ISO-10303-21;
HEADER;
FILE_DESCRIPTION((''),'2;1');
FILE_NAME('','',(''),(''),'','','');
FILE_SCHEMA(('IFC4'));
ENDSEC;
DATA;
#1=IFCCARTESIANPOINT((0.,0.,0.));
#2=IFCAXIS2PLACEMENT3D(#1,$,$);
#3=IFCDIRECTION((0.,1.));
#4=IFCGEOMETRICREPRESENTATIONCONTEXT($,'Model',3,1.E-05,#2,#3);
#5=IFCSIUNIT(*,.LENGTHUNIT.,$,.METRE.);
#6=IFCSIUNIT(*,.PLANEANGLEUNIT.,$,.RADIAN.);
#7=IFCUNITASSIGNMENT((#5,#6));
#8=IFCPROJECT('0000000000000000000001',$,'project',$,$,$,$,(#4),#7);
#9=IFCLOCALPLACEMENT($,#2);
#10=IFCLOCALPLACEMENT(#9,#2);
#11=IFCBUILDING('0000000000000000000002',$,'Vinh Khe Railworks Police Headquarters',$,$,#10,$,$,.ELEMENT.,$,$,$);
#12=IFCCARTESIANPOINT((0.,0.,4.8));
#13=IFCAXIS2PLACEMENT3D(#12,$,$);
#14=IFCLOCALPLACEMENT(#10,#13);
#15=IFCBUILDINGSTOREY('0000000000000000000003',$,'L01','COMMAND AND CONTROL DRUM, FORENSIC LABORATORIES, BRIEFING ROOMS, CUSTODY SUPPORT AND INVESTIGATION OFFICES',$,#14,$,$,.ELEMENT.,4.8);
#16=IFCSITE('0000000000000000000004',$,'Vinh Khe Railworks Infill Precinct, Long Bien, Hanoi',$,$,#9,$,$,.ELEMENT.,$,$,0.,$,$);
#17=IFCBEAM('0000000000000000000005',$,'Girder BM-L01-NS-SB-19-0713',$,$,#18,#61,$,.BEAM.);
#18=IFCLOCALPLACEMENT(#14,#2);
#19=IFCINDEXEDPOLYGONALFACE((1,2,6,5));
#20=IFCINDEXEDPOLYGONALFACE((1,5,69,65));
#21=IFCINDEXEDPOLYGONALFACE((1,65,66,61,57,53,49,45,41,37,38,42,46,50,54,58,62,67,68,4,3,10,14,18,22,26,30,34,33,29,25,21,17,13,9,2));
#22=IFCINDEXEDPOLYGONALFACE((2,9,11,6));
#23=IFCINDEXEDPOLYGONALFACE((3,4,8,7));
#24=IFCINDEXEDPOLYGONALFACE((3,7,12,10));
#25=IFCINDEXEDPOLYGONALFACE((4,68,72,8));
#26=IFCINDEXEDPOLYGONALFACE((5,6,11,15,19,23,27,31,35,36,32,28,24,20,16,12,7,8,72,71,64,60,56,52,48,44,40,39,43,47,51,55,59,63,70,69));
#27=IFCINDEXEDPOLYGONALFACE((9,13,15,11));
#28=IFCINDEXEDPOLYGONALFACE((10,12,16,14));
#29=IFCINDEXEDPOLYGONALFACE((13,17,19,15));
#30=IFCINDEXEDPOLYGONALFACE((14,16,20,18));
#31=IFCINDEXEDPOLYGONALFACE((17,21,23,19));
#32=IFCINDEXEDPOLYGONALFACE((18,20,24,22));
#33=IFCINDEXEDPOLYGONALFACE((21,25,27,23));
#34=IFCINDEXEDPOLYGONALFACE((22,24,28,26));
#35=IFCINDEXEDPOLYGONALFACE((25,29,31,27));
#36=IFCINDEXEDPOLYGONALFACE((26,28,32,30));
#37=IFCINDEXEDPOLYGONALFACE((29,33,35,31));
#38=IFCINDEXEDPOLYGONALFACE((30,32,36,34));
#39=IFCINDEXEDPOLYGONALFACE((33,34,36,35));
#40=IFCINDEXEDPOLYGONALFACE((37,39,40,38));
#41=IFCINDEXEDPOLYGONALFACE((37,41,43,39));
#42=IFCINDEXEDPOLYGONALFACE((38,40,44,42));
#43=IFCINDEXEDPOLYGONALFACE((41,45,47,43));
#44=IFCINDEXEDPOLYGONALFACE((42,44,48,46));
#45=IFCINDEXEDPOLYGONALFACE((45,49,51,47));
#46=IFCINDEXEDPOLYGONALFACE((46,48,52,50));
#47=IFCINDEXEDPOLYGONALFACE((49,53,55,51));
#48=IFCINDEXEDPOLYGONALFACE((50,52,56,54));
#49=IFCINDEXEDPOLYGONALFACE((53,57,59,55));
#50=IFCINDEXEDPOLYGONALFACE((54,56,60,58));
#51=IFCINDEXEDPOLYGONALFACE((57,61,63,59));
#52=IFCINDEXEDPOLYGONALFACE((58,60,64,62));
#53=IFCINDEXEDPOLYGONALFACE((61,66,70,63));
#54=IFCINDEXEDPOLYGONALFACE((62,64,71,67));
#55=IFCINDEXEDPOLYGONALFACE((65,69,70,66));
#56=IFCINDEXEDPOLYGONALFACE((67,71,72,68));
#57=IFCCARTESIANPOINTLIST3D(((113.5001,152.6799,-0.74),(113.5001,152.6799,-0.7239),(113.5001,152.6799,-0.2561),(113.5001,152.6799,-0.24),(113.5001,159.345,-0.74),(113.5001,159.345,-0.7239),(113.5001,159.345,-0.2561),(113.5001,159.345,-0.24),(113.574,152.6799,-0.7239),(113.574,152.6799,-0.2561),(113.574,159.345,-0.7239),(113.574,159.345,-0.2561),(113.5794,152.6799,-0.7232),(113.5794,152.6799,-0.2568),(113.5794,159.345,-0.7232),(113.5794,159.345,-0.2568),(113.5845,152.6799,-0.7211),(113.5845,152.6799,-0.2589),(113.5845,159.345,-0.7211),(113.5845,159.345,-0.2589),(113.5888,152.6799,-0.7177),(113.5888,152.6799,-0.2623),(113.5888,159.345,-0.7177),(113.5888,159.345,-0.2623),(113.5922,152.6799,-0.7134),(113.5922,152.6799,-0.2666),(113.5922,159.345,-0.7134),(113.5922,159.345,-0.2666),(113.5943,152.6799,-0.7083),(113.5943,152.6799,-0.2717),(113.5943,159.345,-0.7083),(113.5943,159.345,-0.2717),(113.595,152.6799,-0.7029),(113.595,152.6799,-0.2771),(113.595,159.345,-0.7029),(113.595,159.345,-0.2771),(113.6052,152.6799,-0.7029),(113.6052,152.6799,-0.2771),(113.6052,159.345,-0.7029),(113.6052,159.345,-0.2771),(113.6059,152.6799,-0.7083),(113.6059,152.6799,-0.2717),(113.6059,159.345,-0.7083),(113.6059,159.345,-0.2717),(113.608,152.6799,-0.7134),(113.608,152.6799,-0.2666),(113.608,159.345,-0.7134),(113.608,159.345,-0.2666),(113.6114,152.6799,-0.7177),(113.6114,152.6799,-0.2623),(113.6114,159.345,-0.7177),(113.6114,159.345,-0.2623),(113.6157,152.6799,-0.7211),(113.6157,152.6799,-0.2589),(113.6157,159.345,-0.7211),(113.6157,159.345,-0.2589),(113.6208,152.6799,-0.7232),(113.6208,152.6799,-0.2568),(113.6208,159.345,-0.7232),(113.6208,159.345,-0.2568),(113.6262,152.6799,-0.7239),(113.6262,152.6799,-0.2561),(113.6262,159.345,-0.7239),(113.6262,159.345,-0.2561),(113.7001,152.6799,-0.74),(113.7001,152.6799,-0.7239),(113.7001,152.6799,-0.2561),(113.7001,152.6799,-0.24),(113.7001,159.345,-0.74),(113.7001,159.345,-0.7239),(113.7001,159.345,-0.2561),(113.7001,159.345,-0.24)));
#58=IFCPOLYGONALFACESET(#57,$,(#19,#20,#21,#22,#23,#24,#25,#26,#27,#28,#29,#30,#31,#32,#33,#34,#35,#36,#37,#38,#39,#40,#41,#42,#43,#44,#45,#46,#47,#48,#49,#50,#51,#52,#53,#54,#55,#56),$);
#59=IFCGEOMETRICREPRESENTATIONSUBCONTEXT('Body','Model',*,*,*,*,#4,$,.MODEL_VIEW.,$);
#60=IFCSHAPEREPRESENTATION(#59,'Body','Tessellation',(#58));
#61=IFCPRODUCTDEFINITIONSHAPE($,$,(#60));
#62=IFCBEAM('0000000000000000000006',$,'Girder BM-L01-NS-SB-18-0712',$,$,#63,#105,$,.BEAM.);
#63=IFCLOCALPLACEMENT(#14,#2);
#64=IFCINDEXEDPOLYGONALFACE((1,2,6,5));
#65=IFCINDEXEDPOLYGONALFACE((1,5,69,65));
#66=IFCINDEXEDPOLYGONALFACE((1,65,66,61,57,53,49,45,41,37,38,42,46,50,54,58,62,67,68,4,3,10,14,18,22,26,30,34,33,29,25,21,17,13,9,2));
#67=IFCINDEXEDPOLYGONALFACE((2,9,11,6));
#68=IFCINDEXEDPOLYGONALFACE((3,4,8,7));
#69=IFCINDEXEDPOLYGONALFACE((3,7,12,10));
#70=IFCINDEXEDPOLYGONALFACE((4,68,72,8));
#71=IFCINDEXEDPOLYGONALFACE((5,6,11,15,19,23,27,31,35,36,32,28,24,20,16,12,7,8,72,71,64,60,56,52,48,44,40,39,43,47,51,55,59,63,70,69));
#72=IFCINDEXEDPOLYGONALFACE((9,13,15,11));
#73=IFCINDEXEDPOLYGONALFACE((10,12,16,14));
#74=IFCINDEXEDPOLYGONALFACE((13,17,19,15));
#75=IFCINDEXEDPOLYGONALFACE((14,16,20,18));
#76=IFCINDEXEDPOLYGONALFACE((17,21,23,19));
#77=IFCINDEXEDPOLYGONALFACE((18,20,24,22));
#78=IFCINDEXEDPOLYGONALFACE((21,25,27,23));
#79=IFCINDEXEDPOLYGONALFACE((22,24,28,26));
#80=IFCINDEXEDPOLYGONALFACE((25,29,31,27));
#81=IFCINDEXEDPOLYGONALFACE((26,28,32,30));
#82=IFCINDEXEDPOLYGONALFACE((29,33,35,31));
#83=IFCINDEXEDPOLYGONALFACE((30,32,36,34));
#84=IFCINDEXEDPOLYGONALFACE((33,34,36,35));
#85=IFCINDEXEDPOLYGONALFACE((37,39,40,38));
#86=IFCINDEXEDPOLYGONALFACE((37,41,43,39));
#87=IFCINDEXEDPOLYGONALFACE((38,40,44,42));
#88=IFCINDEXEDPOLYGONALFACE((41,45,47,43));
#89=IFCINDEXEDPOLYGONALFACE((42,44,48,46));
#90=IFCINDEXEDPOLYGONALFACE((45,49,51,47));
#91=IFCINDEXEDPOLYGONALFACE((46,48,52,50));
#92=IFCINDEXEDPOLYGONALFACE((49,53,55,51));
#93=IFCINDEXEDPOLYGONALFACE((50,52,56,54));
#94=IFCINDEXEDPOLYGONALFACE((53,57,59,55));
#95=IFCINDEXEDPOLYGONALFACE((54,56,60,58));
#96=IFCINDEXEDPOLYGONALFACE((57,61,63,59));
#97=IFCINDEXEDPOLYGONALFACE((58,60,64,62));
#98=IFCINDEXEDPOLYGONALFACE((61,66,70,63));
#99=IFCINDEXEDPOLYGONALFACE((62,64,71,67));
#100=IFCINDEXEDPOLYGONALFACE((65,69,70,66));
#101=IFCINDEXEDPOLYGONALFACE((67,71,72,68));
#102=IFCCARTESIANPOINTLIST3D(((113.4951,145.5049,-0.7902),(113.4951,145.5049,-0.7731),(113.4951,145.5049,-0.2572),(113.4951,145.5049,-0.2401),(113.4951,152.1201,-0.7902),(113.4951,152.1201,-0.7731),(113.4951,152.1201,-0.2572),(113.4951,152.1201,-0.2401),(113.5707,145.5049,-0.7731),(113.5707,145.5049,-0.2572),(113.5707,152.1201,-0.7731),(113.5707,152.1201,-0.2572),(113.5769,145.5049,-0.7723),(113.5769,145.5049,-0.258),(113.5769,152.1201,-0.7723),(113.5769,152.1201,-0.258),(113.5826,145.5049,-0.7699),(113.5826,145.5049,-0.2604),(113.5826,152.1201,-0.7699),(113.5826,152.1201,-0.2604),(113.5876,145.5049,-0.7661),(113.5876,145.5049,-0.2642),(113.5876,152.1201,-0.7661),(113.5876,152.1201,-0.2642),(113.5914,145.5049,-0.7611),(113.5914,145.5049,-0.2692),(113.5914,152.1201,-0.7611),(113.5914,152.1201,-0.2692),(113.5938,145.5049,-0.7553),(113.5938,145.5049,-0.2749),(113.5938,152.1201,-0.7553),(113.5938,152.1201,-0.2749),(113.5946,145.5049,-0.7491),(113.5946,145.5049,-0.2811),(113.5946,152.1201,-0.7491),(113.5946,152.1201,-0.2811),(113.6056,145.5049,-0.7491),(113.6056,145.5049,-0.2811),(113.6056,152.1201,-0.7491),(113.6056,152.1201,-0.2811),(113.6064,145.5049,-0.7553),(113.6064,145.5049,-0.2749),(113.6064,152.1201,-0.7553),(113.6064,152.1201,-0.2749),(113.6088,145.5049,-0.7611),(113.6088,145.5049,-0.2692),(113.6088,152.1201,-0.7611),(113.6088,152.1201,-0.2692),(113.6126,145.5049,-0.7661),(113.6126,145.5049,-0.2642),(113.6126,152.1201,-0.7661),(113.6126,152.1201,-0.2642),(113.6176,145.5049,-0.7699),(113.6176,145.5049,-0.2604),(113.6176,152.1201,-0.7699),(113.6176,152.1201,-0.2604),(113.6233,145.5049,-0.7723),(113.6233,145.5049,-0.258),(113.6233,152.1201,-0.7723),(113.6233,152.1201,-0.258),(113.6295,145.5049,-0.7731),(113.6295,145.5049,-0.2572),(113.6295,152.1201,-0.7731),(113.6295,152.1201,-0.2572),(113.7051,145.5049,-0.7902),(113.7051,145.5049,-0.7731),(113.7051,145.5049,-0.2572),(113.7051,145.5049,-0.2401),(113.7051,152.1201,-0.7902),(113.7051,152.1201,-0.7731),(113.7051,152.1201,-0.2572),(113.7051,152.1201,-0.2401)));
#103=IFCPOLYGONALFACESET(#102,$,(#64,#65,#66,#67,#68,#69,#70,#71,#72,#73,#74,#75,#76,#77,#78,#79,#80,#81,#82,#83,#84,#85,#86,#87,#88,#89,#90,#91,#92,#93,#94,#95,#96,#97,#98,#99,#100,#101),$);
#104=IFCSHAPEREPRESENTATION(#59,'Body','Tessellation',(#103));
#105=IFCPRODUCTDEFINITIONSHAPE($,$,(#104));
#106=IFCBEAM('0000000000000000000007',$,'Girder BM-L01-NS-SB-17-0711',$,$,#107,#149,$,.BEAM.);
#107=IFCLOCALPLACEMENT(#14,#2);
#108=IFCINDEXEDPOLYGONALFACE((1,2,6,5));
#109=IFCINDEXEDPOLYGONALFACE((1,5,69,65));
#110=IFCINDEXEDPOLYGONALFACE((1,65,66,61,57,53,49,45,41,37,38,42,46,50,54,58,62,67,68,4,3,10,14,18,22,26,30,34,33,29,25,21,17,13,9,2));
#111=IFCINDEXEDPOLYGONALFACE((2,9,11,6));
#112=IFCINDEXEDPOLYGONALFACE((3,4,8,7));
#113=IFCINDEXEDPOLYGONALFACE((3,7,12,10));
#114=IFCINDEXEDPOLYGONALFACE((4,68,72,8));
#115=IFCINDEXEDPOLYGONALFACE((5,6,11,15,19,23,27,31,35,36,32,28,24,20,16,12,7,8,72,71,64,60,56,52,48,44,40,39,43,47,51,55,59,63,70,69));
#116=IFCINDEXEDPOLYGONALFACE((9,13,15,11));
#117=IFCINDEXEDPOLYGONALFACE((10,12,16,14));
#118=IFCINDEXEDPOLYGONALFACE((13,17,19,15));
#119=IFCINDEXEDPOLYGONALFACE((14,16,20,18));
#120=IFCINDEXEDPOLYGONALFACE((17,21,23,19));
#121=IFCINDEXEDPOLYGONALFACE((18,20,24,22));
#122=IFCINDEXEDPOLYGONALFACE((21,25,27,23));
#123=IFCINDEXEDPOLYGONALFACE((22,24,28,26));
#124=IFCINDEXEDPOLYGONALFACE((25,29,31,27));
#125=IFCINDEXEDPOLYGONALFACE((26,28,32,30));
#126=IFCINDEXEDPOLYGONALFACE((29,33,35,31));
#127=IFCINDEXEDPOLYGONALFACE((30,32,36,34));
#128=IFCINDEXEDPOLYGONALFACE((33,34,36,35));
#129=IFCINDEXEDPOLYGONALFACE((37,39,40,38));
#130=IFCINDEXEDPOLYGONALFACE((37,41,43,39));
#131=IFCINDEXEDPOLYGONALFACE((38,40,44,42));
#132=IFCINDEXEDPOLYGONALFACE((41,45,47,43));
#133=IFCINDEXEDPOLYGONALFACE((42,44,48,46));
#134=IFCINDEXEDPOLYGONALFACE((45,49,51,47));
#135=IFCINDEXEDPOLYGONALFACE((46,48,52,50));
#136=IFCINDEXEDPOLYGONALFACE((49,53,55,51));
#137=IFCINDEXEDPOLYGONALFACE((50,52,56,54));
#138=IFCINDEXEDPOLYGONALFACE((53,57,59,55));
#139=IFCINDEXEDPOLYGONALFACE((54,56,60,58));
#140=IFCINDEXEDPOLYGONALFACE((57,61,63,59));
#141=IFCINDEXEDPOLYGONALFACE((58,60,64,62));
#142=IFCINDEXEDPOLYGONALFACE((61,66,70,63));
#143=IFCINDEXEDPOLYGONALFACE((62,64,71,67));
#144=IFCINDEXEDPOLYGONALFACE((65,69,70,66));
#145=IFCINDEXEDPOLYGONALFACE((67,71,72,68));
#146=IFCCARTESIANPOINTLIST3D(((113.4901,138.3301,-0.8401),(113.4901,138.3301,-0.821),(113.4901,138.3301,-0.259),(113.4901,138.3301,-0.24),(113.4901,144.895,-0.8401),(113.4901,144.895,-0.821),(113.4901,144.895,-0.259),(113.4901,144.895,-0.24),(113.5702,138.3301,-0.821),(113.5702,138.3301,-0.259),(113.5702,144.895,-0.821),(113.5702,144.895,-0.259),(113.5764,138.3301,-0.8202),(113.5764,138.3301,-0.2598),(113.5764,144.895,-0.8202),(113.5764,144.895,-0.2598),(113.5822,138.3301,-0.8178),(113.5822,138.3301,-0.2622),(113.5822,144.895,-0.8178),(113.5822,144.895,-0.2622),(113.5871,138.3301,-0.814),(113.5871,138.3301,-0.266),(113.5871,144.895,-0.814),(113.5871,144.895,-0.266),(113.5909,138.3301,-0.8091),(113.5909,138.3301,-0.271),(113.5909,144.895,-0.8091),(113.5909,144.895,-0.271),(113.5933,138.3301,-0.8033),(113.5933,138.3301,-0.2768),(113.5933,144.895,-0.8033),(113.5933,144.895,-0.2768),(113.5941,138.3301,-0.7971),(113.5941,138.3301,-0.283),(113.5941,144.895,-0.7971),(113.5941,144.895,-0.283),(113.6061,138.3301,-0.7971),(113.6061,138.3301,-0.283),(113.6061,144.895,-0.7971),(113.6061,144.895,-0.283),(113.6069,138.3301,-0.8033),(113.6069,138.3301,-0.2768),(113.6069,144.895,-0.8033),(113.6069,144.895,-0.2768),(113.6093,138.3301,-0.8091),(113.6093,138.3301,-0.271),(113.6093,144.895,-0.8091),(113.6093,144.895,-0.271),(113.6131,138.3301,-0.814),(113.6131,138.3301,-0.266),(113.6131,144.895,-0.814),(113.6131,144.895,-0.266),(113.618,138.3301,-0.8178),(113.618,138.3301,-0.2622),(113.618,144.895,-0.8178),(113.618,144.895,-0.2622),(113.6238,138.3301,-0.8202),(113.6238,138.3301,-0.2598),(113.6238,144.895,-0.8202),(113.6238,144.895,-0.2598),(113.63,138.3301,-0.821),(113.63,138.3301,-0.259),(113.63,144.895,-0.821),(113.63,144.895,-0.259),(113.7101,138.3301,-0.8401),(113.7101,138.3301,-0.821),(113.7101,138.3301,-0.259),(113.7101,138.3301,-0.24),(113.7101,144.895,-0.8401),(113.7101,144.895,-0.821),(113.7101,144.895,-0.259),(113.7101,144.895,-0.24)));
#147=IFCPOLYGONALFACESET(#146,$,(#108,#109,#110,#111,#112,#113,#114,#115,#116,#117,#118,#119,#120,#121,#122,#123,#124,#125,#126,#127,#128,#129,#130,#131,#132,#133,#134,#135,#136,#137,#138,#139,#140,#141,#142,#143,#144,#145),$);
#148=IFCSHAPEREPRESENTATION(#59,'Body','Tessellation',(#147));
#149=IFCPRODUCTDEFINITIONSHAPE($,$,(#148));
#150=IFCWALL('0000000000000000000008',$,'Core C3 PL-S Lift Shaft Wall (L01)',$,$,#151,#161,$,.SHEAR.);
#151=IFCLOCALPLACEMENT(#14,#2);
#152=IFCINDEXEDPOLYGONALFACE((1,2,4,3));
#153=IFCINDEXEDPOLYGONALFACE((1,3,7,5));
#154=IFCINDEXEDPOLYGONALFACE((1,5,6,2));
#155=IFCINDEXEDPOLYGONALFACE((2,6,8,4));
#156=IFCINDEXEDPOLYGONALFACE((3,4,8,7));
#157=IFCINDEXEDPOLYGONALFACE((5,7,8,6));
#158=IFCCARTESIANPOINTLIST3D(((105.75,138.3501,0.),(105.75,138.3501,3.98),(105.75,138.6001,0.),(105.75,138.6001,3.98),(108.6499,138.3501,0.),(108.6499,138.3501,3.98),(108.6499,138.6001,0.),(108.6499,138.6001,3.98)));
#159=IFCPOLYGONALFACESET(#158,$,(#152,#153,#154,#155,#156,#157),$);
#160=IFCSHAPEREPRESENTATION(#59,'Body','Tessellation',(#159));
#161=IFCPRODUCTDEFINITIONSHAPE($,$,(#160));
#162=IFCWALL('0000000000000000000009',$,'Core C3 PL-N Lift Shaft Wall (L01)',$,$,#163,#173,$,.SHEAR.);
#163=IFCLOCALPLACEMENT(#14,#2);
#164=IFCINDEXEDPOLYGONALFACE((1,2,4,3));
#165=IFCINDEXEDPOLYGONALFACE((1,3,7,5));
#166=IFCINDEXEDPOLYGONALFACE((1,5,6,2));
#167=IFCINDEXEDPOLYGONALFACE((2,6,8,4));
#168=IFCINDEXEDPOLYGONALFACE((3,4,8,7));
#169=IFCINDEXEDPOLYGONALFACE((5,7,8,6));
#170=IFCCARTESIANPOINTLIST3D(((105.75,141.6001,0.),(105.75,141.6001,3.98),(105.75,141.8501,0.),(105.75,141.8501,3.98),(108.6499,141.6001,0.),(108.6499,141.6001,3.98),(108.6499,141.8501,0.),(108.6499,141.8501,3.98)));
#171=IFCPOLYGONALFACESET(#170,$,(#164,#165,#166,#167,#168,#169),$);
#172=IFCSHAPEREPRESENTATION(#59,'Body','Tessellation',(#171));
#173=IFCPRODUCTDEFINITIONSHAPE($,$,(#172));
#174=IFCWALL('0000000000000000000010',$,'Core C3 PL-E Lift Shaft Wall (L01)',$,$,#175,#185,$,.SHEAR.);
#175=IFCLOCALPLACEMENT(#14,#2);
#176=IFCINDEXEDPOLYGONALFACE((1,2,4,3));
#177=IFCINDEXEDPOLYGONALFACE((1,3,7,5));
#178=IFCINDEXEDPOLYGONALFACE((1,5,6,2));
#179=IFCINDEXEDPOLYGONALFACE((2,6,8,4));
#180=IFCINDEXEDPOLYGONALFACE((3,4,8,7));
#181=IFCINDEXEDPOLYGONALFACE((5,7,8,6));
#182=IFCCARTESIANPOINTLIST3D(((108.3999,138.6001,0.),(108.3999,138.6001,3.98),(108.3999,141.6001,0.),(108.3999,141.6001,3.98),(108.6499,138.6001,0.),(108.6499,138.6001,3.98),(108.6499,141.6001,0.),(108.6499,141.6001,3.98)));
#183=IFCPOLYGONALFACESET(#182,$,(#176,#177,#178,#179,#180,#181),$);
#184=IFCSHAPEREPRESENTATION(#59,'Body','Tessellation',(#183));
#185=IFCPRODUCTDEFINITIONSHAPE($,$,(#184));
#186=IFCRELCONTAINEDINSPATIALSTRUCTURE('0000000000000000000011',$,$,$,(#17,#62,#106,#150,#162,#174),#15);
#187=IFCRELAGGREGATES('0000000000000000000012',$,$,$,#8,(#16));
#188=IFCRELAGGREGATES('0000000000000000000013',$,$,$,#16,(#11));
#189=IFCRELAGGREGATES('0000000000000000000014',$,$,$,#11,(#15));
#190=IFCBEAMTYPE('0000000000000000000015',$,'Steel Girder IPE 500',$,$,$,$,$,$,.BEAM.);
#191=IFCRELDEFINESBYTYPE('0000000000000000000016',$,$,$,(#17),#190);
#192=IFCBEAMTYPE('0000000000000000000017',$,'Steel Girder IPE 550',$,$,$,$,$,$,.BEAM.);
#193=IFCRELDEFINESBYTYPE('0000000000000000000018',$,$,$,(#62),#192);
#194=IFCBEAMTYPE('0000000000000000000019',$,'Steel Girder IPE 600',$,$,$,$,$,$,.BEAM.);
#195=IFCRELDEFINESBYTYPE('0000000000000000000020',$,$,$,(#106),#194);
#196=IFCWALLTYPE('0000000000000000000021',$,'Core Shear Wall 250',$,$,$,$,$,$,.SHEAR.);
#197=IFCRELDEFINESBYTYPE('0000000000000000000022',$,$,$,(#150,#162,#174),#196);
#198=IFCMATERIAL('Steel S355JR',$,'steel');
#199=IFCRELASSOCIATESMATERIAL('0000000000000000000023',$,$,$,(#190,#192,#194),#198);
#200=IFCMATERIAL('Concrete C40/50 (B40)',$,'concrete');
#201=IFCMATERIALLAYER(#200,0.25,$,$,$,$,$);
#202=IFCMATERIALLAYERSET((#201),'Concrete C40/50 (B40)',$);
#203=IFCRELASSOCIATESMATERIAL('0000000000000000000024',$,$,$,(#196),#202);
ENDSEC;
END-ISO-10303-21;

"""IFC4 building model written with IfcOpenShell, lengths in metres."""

from ifc_helpers import new_model, si_unit, direction, frame, frame_2d, origin, origin_2d, place, context, subcontext, project, spatial, rectangle, i_section, extrude, material, layer, layer_set, material_profile, profile_set, type_object, element, save


model = new_model("IFC4")

# Units and contexts
model_context = context("Model", 3, precision=1e-05, world=origin(), true_north=direction((0.0, 1.0)))
body_context = subcontext(model_context, "Body", "Model", "MODEL_VIEW")
ifc_project = project(units=[si_unit("LENGTHUNIT", "METRE"), si_unit("PLANEANGLEUNIT", "RADIAN")], contexts=[model_context])

# Site, building, storey
site_placement = place(None, origin())
site = spatial("IfcSite", under=ifc_project, at=site_placement, Name="Vinh Khe Railworks Infill Precinct, Long Bien, Hanoi", CompositionType="ELEMENT", RefElevation=0.0)
building_placement = place(site_placement, origin())
building = spatial("IfcBuilding", under=site, at=building_placement, Name="Vinh Khe Railworks Police Headquarters", CompositionType="ELEMENT")
storey_placement = place(building_placement, frame((0.0, 0.0, 4.8)))
storey = spatial("IfcBuildingStorey", under=building, at=storey_placement, Name="L01", Description="COMMAND AND CONTROL DRUM, FORENSIC LABORATORIES, BRIEFING ROOMS, CUSTODY SUPPORT AND INVESTIGATION OFFICES", CompositionType="ELEMENT", Elevation=4.8)

# Shared definitions
ifc_material_1 = material(Name="Concrete C40/50 (B40)", Category="concrete")

# Beams
ifc_material_2 = material(Name="Steel S355JR", Category="steel")
ifc_material_profile_1 = material_profile(ifc_material_2, i_section(OverallWidth=0.2, OverallDepth=0.5, WebThickness=0.0103, FlangeThickness=0.0161, FilletRadius=0.021, at=origin_2d()), Name="IPE 500")
ifc_profile_set_1 = profile_set([ifc_material_profile_1], Name="Steel S355JR")
beam_type_1 = type_object("IfcBeamType", Name="Steel Girder IPE 500", PredefinedType="BEAM", material=ifc_profile_set_1)
beam_1_placement = place(storey_placement, frame((113.6001, 152.6799, -0.49), z_axis=(0.0, 1.0, 0.0), x_axis=(-1.0, 0.0, 0.0)))
element("IfcBeam", 1, at=beam_1_placement, inside=storey, type_object=beam_type_1, Name="Girder BM-L01-NS-SB-19-0713", PredefinedType="BEAM", context=body_context, shape_type="SweptSolid", body=[
    extrude(i_section(OverallWidth=0.2, OverallDepth=0.5, WebThickness=0.0103, FlangeThickness=0.0161, FilletRadius=0.021, at=origin_2d()), origin(), (0.0, 0.0, 1.0), 6.665),
])
ifc_material_profile_2 = material_profile(ifc_material_2, i_section(OverallWidth=0.21, OverallDepth=0.55, WebThickness=0.011, FlangeThickness=0.0171, FilletRadius=0.0239, at=origin_2d()), Name="IPE 550")
ifc_profile_set_2 = profile_set([ifc_material_profile_2], Name="Steel S355JR")
beam_type_2 = type_object("IfcBeamType", Name="Steel Girder IPE 550", PredefinedType="BEAM", material=ifc_profile_set_2)
beam_2_placement = place(storey_placement, frame((113.6001, 145.5049, -0.5151), z_axis=(0.0, 1.0, 0.0), x_axis=(-1.0, 0.0, 0.0)))
element("IfcBeam", 2, at=beam_2_placement, inside=storey, type_object=beam_type_2, Name="Girder BM-L01-NS-SB-18-0712", PredefinedType="BEAM", context=body_context, shape_type="SweptSolid", body=[
    extrude(i_section(OverallWidth=0.21, OverallDepth=0.55, WebThickness=0.011, FlangeThickness=0.0171, FilletRadius=0.0239, at=origin_2d()), origin(), (0.0, 0.0, 1.0), 6.6152),
])
ifc_material_profile_3 = material_profile(ifc_material_2, i_section(OverallWidth=0.22, OverallDepth=0.6001, WebThickness=0.012, FlangeThickness=0.019, FilletRadius=0.0239, at=origin_2d()), Name="IPE 600")
ifc_profile_set_3 = profile_set([ifc_material_profile_3], Name="Steel S355JR")
beam_type_3 = type_object("IfcBeamType", Name="Steel Girder IPE 600", PredefinedType="BEAM", material=ifc_profile_set_3)
beam_3_placement = place(storey_placement, frame((113.6001, 138.3301, -0.54), z_axis=(0.0, 1.0, 0.0), x_axis=(-1.0, 0.0, 0.0)))
element("IfcBeam", 3, at=beam_3_placement, inside=storey, type_object=beam_type_3, Name="Girder BM-L01-NS-SB-17-0711", PredefinedType="BEAM", context=body_context, shape_type="SweptSolid", body=[
    extrude(i_section(OverallWidth=0.22, OverallDepth=0.6001, WebThickness=0.012, FlangeThickness=0.019, FilletRadius=0.0239, at=origin_2d()), origin(), (0.0, 0.0, 1.0), 6.5649),
])

# Walls
ifc_layer_1 = layer(ifc_material_1, 0.25)
ifc_layer_set_1 = layer_set([ifc_layer_1], Name="Concrete C40/50 (B40)")
wall_type_1 = type_object("IfcWallType", Name="Core Shear Wall 250", PredefinedType="SHEAR", material=ifc_layer_set_1)
for number, where, z_axis, x_axis, name in (
    (4, (105.75, 138.4751, 0.0), (0.0, 0.0, 1.0), (1.0, 0.0, 0.0), "Core C3 PL-S Lift Shaft Wall (L01)"),
    (5, (105.75, 141.7251, 0.0), (0.0, 0.0, 1.0), (1.0, 0.0, 0.0), "Core C3 PL-N Lift Shaft Wall (L01)"),
):
    element("IfcWall", number, at=place(storey_placement, frame(where, z_axis=z_axis, x_axis=x_axis)), inside=storey, type_object=wall_type_1, Name=name, PredefinedType="SHEAR", context=body_context, shape_type="SweptSolid", body=[
        extrude(rectangle(XDim=2.8999, YDim=0.25, at=frame_2d((1.45, 0.0))), origin(), (0.0, 0.0, 1.0), 3.98),
    ])

# Wall
wall_1_placement = place(storey_placement, frame((108.5249, 138.6001, 0.0), z_axis=(0.0, 0.0, 1.0), x_axis=(0.0, 1.0, 0.0)))
element("IfcWall", 6, at=wall_1_placement, inside=storey, type_object=wall_type_1, Name="Core C3 PL-E Lift Shaft Wall (L01)", PredefinedType="SHEAR", context=body_context, shape_type="SweptSolid", body=[
    extrude(rectangle(XDim=3.0, YDim=0.25, at=frame_2d((1.5, 0.0))), origin(), (0.0, 0.0, 1.0), 3.98),
])

save(model, "model.ifc")
